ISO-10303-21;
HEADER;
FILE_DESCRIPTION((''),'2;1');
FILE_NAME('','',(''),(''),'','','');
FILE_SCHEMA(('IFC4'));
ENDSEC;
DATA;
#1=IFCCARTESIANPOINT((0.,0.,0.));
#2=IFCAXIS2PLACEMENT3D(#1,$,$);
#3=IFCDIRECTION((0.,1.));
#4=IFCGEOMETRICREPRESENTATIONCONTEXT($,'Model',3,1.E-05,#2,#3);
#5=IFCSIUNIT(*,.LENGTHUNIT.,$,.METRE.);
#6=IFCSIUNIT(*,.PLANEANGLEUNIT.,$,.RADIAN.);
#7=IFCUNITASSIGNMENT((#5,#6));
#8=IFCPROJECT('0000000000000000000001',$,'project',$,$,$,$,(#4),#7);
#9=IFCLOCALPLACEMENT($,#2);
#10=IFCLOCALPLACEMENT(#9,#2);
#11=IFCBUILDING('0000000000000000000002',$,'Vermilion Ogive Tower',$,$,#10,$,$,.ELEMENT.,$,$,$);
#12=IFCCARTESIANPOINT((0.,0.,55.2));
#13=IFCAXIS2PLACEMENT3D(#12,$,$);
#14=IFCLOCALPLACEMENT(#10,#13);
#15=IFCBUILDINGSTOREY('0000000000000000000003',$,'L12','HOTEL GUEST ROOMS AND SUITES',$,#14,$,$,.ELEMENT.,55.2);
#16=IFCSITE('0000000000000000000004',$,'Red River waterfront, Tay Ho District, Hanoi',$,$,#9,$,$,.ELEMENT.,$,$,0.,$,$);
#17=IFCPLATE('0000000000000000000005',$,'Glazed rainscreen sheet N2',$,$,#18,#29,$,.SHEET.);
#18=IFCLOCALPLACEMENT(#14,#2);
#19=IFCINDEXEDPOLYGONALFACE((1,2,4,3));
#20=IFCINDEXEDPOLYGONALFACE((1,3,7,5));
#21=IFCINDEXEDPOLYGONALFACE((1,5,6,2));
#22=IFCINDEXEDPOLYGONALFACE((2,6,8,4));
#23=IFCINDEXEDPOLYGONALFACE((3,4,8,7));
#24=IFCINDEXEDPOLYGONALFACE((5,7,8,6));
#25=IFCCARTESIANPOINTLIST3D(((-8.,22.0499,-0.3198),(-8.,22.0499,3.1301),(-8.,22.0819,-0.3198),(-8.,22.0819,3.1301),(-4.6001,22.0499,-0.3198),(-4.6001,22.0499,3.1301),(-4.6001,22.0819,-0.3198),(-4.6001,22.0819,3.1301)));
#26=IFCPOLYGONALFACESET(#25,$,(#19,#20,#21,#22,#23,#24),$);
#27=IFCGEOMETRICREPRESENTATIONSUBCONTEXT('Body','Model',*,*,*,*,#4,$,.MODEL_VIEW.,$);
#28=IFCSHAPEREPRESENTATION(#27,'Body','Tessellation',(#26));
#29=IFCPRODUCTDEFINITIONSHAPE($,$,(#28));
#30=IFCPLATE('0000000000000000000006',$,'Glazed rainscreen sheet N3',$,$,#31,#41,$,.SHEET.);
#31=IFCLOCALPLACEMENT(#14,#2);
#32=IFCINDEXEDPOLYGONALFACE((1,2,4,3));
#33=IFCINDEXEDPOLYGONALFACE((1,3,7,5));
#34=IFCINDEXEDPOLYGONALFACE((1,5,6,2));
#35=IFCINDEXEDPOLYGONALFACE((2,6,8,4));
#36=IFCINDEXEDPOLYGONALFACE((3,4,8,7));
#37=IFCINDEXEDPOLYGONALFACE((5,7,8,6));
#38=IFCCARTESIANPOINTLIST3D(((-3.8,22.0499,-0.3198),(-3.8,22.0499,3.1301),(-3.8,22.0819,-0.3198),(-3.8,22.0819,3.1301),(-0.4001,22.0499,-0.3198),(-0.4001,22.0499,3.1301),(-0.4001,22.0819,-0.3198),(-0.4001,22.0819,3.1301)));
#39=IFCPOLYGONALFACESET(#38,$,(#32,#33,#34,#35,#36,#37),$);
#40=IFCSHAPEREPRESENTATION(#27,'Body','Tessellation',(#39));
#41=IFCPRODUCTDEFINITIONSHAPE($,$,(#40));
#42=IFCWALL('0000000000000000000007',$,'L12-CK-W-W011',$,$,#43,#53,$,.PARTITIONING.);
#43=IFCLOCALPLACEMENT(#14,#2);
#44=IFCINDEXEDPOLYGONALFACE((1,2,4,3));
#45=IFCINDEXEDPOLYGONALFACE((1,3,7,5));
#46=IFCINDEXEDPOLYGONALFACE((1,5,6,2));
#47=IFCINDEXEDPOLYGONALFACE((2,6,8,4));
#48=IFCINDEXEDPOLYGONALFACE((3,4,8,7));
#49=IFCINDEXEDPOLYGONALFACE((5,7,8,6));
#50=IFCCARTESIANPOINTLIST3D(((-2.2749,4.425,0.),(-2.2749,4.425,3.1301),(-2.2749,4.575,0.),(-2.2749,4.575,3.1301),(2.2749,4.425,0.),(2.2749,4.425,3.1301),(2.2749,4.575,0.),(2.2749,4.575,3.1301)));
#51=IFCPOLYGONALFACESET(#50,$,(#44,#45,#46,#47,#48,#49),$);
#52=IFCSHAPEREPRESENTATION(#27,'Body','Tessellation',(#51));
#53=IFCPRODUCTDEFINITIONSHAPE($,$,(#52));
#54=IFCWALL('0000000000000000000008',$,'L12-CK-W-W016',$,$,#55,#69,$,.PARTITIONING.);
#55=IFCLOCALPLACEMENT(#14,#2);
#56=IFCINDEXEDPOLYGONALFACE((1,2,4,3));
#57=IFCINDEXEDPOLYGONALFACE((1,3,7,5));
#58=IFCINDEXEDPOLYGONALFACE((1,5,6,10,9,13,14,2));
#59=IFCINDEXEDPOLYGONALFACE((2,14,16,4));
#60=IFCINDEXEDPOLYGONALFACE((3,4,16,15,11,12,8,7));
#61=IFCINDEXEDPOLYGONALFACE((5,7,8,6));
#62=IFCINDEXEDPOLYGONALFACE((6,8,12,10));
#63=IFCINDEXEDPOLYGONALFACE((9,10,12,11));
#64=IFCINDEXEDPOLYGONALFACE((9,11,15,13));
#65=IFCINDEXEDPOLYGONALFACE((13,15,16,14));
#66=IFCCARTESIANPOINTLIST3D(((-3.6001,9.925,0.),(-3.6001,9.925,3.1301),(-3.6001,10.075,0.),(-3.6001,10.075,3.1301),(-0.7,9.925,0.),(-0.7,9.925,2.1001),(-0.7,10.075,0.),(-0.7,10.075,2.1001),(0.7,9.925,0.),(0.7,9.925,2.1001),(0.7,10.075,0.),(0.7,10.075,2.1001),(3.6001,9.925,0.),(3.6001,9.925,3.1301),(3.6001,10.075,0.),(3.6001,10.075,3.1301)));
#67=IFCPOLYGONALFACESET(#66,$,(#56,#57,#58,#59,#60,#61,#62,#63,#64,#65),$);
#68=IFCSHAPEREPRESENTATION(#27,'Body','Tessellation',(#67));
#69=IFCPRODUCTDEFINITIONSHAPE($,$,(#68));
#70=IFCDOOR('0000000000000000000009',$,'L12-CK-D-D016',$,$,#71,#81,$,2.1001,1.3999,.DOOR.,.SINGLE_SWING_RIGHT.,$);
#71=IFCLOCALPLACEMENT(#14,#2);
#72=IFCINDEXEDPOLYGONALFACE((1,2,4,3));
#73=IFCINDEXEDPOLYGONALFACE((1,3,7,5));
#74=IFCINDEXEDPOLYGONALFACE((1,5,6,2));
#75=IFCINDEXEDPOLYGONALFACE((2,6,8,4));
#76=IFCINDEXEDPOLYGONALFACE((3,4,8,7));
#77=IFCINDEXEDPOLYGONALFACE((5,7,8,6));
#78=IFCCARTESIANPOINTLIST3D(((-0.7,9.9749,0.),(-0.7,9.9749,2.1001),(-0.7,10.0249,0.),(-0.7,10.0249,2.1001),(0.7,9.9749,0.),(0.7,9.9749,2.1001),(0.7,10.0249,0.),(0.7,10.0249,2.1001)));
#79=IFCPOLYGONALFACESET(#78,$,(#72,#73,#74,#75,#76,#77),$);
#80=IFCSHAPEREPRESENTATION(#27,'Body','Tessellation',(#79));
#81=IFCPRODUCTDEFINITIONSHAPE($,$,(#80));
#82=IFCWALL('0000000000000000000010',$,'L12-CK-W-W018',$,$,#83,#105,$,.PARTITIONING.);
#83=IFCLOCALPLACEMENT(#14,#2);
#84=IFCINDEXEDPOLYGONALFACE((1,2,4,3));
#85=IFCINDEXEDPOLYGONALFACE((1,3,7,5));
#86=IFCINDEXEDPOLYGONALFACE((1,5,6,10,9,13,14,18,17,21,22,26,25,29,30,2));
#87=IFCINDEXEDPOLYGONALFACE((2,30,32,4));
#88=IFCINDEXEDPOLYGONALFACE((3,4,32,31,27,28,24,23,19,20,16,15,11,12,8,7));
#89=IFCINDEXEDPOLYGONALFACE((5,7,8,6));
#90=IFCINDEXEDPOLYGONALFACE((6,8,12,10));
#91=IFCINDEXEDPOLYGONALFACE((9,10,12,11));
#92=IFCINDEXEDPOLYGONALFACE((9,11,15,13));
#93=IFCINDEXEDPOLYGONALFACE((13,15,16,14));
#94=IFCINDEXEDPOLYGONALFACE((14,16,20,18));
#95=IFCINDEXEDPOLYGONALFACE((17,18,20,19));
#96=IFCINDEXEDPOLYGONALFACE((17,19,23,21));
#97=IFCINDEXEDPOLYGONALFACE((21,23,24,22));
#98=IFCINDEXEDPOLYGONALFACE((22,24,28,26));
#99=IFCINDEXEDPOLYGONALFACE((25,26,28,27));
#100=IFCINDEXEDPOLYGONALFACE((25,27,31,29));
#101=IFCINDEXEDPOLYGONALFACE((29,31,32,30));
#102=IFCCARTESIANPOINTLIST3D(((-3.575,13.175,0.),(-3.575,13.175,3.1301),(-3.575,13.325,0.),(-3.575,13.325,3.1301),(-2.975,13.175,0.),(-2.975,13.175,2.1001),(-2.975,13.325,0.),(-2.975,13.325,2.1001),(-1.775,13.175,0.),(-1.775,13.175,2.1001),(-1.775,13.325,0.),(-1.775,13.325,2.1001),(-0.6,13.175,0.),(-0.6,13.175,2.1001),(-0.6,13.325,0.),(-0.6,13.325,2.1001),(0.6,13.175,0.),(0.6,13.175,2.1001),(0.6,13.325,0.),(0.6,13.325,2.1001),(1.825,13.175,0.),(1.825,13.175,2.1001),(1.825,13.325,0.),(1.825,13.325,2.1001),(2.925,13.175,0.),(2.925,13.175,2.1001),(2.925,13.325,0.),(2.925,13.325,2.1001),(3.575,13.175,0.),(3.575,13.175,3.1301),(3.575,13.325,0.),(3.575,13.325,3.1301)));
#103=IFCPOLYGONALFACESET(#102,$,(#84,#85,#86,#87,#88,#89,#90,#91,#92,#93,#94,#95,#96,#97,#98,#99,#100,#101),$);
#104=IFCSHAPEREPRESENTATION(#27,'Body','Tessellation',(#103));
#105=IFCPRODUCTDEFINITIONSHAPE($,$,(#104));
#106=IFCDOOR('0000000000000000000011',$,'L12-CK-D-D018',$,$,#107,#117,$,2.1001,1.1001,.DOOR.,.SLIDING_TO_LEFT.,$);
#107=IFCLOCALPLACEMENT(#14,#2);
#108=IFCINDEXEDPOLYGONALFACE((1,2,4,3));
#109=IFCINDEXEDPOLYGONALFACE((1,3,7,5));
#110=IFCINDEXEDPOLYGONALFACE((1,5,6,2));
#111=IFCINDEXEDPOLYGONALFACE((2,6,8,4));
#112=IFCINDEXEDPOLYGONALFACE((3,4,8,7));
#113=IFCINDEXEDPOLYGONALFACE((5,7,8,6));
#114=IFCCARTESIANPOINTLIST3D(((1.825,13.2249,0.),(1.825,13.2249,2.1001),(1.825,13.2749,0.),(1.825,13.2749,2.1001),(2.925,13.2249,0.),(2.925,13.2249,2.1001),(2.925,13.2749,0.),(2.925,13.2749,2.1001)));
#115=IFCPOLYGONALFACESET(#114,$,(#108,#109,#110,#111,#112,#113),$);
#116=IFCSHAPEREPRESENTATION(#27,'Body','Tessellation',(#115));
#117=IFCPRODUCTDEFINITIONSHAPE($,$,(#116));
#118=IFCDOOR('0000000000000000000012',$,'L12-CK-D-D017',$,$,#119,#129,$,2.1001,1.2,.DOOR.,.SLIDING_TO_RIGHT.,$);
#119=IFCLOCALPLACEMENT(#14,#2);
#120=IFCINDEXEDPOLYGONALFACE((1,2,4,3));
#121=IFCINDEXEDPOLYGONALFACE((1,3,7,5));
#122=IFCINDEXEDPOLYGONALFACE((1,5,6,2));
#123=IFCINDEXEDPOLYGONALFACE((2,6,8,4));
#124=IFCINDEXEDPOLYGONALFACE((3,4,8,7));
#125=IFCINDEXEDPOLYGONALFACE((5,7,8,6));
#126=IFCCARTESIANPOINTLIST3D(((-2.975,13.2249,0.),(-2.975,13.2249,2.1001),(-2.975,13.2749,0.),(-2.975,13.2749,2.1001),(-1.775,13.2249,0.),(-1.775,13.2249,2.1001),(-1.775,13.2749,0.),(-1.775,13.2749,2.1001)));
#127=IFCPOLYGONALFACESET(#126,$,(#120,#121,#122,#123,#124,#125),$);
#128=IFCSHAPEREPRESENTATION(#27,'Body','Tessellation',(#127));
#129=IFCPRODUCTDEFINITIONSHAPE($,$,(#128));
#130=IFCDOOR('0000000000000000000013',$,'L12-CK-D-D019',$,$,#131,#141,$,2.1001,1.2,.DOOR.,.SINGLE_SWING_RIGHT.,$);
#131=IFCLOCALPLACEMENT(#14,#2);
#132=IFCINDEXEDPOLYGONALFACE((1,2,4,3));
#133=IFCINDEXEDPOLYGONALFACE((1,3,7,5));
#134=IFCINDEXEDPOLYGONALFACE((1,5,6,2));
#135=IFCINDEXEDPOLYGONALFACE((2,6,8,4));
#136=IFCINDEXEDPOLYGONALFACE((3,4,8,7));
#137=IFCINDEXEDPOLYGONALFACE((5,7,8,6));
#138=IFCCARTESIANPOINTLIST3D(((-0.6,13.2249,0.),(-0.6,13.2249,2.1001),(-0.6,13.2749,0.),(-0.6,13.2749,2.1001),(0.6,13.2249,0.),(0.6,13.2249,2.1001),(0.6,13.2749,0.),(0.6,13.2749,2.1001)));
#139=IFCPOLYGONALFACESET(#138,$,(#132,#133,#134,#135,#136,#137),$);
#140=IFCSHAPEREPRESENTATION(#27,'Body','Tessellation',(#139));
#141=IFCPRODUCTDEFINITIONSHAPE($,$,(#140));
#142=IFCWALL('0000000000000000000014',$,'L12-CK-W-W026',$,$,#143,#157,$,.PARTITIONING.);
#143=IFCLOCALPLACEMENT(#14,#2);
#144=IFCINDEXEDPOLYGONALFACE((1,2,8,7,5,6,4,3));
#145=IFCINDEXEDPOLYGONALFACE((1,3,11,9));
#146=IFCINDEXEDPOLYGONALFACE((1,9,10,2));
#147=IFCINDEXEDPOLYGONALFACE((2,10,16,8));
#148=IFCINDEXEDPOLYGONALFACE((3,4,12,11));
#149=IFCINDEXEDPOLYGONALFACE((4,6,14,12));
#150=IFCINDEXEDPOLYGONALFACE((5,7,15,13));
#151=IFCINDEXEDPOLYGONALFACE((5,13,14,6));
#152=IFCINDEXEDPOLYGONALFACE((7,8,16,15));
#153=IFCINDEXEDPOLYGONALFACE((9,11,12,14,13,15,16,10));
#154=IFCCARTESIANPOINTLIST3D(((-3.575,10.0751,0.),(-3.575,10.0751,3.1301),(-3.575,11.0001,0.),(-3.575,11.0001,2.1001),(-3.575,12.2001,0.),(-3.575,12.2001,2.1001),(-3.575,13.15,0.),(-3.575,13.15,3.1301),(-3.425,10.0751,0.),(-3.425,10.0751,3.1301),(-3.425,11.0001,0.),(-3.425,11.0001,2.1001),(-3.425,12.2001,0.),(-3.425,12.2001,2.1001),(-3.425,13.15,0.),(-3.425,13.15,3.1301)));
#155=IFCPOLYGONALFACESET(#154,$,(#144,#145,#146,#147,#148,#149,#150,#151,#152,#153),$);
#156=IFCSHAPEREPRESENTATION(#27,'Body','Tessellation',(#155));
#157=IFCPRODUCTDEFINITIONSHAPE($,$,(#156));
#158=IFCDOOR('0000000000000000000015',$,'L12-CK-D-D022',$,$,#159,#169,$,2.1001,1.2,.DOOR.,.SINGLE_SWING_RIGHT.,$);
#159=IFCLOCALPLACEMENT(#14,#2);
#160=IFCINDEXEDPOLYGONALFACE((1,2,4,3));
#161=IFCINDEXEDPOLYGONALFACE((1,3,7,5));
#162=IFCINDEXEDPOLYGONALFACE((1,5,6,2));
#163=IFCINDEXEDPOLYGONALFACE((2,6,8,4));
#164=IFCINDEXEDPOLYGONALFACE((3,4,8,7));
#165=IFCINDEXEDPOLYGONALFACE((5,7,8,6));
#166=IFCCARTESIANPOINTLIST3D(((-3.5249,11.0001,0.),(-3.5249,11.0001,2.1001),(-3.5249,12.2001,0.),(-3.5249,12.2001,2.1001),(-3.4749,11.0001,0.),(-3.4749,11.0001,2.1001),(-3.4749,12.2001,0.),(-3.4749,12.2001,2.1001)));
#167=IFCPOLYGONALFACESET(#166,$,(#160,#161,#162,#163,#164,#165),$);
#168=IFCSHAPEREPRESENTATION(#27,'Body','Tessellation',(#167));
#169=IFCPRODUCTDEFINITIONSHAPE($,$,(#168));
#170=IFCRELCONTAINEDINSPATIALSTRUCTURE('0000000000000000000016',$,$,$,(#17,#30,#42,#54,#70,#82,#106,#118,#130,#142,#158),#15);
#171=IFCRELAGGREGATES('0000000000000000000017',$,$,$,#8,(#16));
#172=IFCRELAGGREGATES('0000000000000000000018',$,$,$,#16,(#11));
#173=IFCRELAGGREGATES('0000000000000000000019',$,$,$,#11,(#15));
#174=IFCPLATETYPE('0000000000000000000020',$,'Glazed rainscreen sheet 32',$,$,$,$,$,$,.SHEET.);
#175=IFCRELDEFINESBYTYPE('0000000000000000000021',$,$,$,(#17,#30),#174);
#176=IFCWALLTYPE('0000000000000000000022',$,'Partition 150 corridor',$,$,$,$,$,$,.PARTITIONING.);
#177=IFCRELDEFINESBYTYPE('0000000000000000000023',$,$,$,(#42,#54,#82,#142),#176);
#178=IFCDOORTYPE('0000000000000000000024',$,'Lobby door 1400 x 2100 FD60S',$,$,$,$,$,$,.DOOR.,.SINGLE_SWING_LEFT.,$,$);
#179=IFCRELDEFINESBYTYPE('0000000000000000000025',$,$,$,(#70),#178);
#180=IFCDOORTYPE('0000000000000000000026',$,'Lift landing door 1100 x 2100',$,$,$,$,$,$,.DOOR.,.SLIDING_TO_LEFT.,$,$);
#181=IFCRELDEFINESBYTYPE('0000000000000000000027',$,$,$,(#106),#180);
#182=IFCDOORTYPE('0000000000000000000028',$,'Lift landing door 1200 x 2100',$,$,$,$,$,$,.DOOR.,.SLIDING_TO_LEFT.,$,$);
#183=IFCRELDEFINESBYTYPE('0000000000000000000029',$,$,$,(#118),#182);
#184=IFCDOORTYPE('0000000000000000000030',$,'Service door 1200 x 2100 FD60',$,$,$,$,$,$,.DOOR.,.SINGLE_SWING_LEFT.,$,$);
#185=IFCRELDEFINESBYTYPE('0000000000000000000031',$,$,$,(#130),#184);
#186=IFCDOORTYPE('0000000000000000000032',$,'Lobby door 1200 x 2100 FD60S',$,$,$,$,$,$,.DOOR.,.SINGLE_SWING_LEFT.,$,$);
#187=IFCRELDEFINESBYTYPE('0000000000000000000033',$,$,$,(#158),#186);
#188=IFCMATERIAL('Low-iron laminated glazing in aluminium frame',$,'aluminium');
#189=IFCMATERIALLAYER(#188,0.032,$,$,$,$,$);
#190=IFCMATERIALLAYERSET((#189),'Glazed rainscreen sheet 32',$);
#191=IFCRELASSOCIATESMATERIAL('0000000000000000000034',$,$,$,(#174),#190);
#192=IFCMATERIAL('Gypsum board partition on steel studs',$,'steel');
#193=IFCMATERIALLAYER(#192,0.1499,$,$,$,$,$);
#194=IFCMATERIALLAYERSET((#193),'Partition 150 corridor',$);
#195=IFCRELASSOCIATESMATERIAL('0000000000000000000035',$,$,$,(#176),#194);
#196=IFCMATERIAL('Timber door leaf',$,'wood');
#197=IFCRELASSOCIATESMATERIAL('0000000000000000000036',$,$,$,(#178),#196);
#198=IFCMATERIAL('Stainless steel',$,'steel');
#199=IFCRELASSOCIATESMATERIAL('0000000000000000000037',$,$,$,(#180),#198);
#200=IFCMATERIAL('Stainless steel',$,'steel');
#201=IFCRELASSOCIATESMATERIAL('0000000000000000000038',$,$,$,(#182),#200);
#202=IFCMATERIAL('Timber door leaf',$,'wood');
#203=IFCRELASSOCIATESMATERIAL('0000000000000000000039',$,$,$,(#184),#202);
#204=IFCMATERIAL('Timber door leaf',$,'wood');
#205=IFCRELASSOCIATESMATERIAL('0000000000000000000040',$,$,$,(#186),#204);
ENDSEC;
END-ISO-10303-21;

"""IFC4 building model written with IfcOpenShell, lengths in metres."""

from ifc_helpers import new_model, si_unit, direction, frame, frame_2d, origin, origin_2d, place, context, subcontext, project, spatial, rectangle, extrude, material, layer, layer_set, type_object, element, fill, save


model = new_model("IFC4")

# Units and contexts
model_context = context("Model", 3, precision=1e-05, world=origin(), true_north=direction((0.0, 1.0)))
body_context = subcontext(model_context, "Body", "Model", "MODEL_VIEW")
ifc_project = project(units=[si_unit("LENGTHUNIT", "METRE"), si_unit("PLANEANGLEUNIT", "RADIAN")], contexts=[model_context])

# Site, building, storey
site_placement = place(None, origin())
site = spatial("IfcSite", under=ifc_project, at=site_placement, Name="Red River waterfront, Tay Ho District, Hanoi", CompositionType="ELEMENT", RefElevation=0.0)
building_placement = place(site_placement, origin())
building = spatial("IfcBuilding", under=site, at=building_placement, Name="Vermilion Ogive Tower", CompositionType="ELEMENT")
storey_placement = place(building_placement, frame((0.0, 0.0, 55.2)))
storey = spatial("IfcBuildingStorey", under=building, at=storey_placement, Name="L12", Description="HOTEL GUEST ROOMS AND SUITES", CompositionType="ELEMENT", Elevation=55.2)

# Plates
ifc_material_1 = material(Name="Low-iron laminated glazing in aluminium frame", Category="aluminium")
ifc_layer_1 = layer(ifc_material_1, 0.032)
ifc_layer_set_1 = layer_set([ifc_layer_1], Name="Glazed rainscreen sheet 32")
plate_type = type_object("IfcPlateType", Name="Glazed rainscreen sheet 32", PredefinedType="SHEET", material=ifc_layer_set_1)
for number, where, z_axis, x_axis, name in (
    (1, (-6.3, 22.0659, -0.3198), (0.0, 0.0, 1.0), (1.0, 0.0, 0.0), "Glazed rainscreen sheet N2"),
    (2, (-2.1001, 22.0659, -0.3198), (0.0, 0.0, 1.0), (1.0, 0.0, 0.0), "Glazed rainscreen sheet N3"),
):
    element("IfcPlate", number, at=place(storey_placement, frame(where, z_axis=z_axis, x_axis=x_axis)), inside=storey, type_object=plate_type, Name=name, PredefinedType="SHEET", context=body_context, shape_type="SweptSolid", body=[
        extrude(rectangle(XDim=3.3999, YDim=0.032, at=origin_2d()), origin(), (0.0, 0.0, 1.0), 3.45),
    ])

# Wall
ifc_material_2 = material(Name="Gypsum board partition on steel studs", Category="steel")
ifc_layer_2 = layer(ifc_material_2, 0.1499)
ifc_layer_set_2 = layer_set([ifc_layer_2], Name="Partition 150 corridor")
wall_type_1 = type_object("IfcWallType", Name="Partition 150 corridor", PredefinedType="PARTITIONING", material=ifc_layer_set_2)
wall_1_placement = place(storey_placement, frame((-2.2749, 4.5, 0.0), z_axis=(0.0, 0.0, 1.0), x_axis=(1.0, 0.0, 0.0)))
element("IfcWall", 3, at=wall_1_placement, inside=storey, type_object=wall_type_1, Name="L12-CK-W-W011", PredefinedType="PARTITIONING", context=body_context, shape_type="SweptSolid", body=[
    extrude(rectangle(XDim=4.5498, YDim=0.1499, at=frame_2d((2.2749, 0.0))), origin(), (0.0, 0.0, 1.0), 3.1301),
])

# Wall, opening, door
wall_2_placement = place(storey_placement, frame((-3.6001, 10.0, 0.0), z_axis=(0.0, 0.0, 1.0), x_axis=(1.0, 0.0, 0.0)))
wall_2 = element("IfcWall", 4, at=wall_2_placement, inside=storey, type_object=wall_type_1, Name="L12-CK-W-W016", PredefinedType="PARTITIONING", context=body_context, shape_type="SweptSolid", body=[
    extrude(rectangle(XDim=7.2002, YDim=0.1499, at=frame_2d((3.6001, 0.0))), origin(), (0.0, 0.0, 1.0), 3.1301),
])
opening_1_placement = place(wall_2_placement, frame((2.9001, 0.0, 0.0)))
opening_1 = element("IfcOpeningElement", 5, at=opening_1_placement, cuts=wall_2, PredefinedType="OPENING", context=body_context, shape_type="SweptSolid", body=[
    extrude(rectangle(XDim=1.3999, YDim=2.1001, at=frame_2d((0.7, 1.05))), frame((0.0, 0.085, 0.0), z_axis=(0.0, -1.0, 0.0), x_axis=(1.0, 0.0, 0.0)), (0.0, 0.0, 1.0), 0.1699),
])
ifc_material_3 = material(Name="Timber door leaf", Category="wood")
door_type_1 = type_object("IfcDoorType", Name="Lobby door 1400 x 2100 FD60S", OperationType="SINGLE_SWING_LEFT", PredefinedType="DOOR", material=ifc_material_3)
door_1_placement = place(opening_1_placement, origin())
door_1 = element("IfcDoor", 6, at=door_1_placement, inside=storey, type_object=door_type_1, Name="L12-CK-D-D016", OperationType="SINGLE_SWING_RIGHT", OverallHeight=2.1001, OverallWidth=1.3999, PredefinedType="DOOR", context=body_context, shape_type="SweptSolid", body=[
    extrude(rectangle(XDim=1.3999, YDim=2.1001, at=frame_2d((0.7, 1.05))), frame((0.0, 0.0249, 0.0), z_axis=(0.0, -1.0, 0.0), x_axis=(1.0, 0.0, 0.0)), (0.0, 0.0, 1.0), 0.05),
])
fill(opening_1, door_1)

# Wall, openings, doors
wall_3_placement = place(storey_placement, frame((-3.575, 13.25, 0.0), z_axis=(0.0, 0.0, 1.0), x_axis=(1.0, 0.0, 0.0)))
wall_3 = element("IfcWall", 7, at=wall_3_placement, inside=storey, type_object=wall_type_1, Name="L12-CK-W-W018", PredefinedType="PARTITIONING", context=body_context, shape_type="SweptSolid", body=[
    extrude(rectangle(XDim=7.1499, YDim=0.1499, at=frame_2d((3.575, 0.0))), origin(), (0.0, 0.0, 1.0), 3.1301),
])
opening_2_placement = place(wall_3_placement, frame((0.5999, 0.0, 0.0)))
opening_2 = element("IfcOpeningElement", 8, at=opening_2_placement, cuts=wall_3, PredefinedType="OPENING", context=body_context, shape_type="SweptSolid", body=[
    extrude(rectangle(XDim=1.2, YDim=2.1001, at=frame_2d((0.6001, 1.05))), frame((0.0, 0.085, 0.0), z_axis=(0.0, -1.0, 0.0), x_axis=(1.0, 0.0, 0.0)), (0.0, 0.0, 1.0), 0.1699),
])
opening_3_placement = place(wall_3_placement, frame((5.3999, 0.0, 0.0)))
opening_3 = element("IfcOpeningElement", 9, at=opening_3_placement, cuts=wall_3, PredefinedType="OPENING", context=body_context, shape_type="SweptSolid", body=[
    extrude(rectangle(XDim=1.1001, YDim=2.1001, at=frame_2d((0.55, 1.05))), frame((0.0, 0.085, 0.0), z_axis=(0.0, -1.0, 0.0), x_axis=(1.0, 0.0, 0.0)), (0.0, 0.0, 1.0), 0.1699),
])
opening_4_placement = place(wall_3_placement, frame((2.9749, 0.0, 0.0)))
opening_4 = element("IfcOpeningElement", 10, at=opening_4_placement, cuts=wall_3, PredefinedType="OPENING", context=body_context, shape_type="SweptSolid", body=[
    extrude(rectangle(XDim=1.2, YDim=2.1001, at=frame_2d((0.6001, 1.05))), frame((0.0, 0.085, 0.0), z_axis=(0.0, -1.0, 0.0), x_axis=(1.0, 0.0, 0.0)), (0.0, 0.0, 1.0), 0.1699),
])
ifc_material_4 = material(Name="Stainless steel", Category="steel")
door_type_2 = type_object("IfcDoorType", Name="Lift landing door 1100 x 2100", OperationType="SLIDING_TO_LEFT", PredefinedType="DOOR", material=ifc_material_4)
door_2_placement = place(opening_3_placement, origin())
door_2 = element("IfcDoor", 11, at=door_2_placement, inside=storey, type_object=door_type_2, Name="L12-CK-D-D018", OperationType="SLIDING_TO_LEFT", OverallHeight=2.1001, OverallWidth=1.1001, PredefinedType="DOOR", context=body_context, shape_type="SweptSolid", body=[
    extrude(rectangle(XDim=1.1001, YDim=2.1001, at=frame_2d((0.55, 1.05))), frame((0.0, 0.0249, 0.0), z_axis=(0.0, -1.0, 0.0), x_axis=(1.0, 0.0, 0.0)), (0.0, 0.0, 1.0), 0.05),
])
fill(opening_3, door_2)
ifc_material_5 = material(Name="Stainless steel", Category="steel")
door_type_3 = type_object("IfcDoorType", Name="Lift landing door 1200 x 2100", OperationType="SLIDING_TO_LEFT", PredefinedType="DOOR", material=ifc_material_5)
door_3_placement = place(opening_2_placement, origin())
door_3 = element("IfcDoor", 12, at=door_3_placement, inside=storey, type_object=door_type_3, Name="L12-CK-D-D017", OperationType="SLIDING_TO_RIGHT", OverallHeight=2.1001, OverallWidth=1.2, PredefinedType="DOOR", context=body_context, shape_type="SweptSolid", body=[
    extrude(rectangle(XDim=1.2, YDim=2.1001, at=frame_2d((0.6001, 1.05))), frame((0.0, 0.0249, 0.0), z_axis=(0.0, -1.0, 0.0), x_axis=(1.0, 0.0, 0.0)), (0.0, 0.0, 1.0), 0.05),
])
fill(opening_2, door_3)
ifc_material_6 = material(Name="Timber door leaf", Category="wood")
door_type_4 = type_object("IfcDoorType", Name="Service door 1200 x 2100 FD60", OperationType="SINGLE_SWING_LEFT", PredefinedType="DOOR", material=ifc_material_6)
door_4_placement = place(opening_4_placement, origin())
door_4 = element("IfcDoor", 13, at=door_4_placement, inside=storey, type_object=door_type_4, Name="L12-CK-D-D019", OperationType="SINGLE_SWING_RIGHT", OverallHeight=2.1001, OverallWidth=1.2, PredefinedType="DOOR", context=body_context, shape_type="SweptSolid", body=[
    extrude(rectangle(XDim=1.2, YDim=2.1001, at=frame_2d((0.6001, 1.05))), frame((0.0, 0.0249, 0.0), z_axis=(0.0, -1.0, 0.0), x_axis=(1.0, 0.0, 0.0)), (0.0, 0.0, 1.0), 0.05),
])
fill(opening_4, door_4)

# Wall, opening, door
wall_4_placement = place(storey_placement, frame((-3.5, 10.075, 0.0), z_axis=(0.0, 0.0, 1.0), x_axis=(0.0, 1.0, 0.0)))
wall_4 = element("IfcWall", 14, at=wall_4_placement, inside=storey, type_object=wall_type_1, Name="L12-CK-W-W026", PredefinedType="PARTITIONING", context=body_context, shape_type="SweptSolid", body=[
    extrude(rectangle(XDim=3.075, YDim=0.1499, at=frame_2d((1.5376, 0.0))), origin(), (0.0, 0.0, 1.0), 3.1301),
])
opening_5_placement = place(wall_4_placement, frame((0.925, 0.0, 0.0)))
opening_5 = element("IfcOpeningElement", 15, at=opening_5_placement, cuts=wall_4, PredefinedType="OPENING", context=body_context, shape_type="SweptSolid", body=[
    extrude(rectangle(XDim=1.2, YDim=2.1001, at=frame_2d((0.6001, 1.05))), frame((0.0, 0.085, 0.0), z_axis=(0.0, -1.0, 0.0), x_axis=(1.0, 0.0, 0.0)), (0.0, 0.0, 1.0), 0.1699),
])
ifc_material_7 = material(Name="Timber door leaf", Category="wood")
door_type_5 = type_object("IfcDoorType", Name="Lobby door 1200 x 2100 FD60S", OperationType="SINGLE_SWING_LEFT", PredefinedType="DOOR", material=ifc_material_7)
door_5_placement = place(opening_5_placement, origin())
door_5 = element("IfcDoor", 16, at=door_5_placement, inside=storey, type_object=door_type_5, Name="L12-CK-D-D022", OperationType="SINGLE_SWING_RIGHT", OverallHeight=2.1001, OverallWidth=1.2, PredefinedType="DOOR", context=body_context, shape_type="SweptSolid", body=[
    extrude(rectangle(XDim=1.2, YDim=2.1001, at=frame_2d((0.6001, 1.05))), frame((0.0, 0.0249, 0.0), z_axis=(0.0, -1.0, 0.0), x_axis=(1.0, 0.0, 0.0)), (0.0, 0.0, 1.0), 0.05),
])
fill(opening_5, door_5)

save(model, "model.ifc")
